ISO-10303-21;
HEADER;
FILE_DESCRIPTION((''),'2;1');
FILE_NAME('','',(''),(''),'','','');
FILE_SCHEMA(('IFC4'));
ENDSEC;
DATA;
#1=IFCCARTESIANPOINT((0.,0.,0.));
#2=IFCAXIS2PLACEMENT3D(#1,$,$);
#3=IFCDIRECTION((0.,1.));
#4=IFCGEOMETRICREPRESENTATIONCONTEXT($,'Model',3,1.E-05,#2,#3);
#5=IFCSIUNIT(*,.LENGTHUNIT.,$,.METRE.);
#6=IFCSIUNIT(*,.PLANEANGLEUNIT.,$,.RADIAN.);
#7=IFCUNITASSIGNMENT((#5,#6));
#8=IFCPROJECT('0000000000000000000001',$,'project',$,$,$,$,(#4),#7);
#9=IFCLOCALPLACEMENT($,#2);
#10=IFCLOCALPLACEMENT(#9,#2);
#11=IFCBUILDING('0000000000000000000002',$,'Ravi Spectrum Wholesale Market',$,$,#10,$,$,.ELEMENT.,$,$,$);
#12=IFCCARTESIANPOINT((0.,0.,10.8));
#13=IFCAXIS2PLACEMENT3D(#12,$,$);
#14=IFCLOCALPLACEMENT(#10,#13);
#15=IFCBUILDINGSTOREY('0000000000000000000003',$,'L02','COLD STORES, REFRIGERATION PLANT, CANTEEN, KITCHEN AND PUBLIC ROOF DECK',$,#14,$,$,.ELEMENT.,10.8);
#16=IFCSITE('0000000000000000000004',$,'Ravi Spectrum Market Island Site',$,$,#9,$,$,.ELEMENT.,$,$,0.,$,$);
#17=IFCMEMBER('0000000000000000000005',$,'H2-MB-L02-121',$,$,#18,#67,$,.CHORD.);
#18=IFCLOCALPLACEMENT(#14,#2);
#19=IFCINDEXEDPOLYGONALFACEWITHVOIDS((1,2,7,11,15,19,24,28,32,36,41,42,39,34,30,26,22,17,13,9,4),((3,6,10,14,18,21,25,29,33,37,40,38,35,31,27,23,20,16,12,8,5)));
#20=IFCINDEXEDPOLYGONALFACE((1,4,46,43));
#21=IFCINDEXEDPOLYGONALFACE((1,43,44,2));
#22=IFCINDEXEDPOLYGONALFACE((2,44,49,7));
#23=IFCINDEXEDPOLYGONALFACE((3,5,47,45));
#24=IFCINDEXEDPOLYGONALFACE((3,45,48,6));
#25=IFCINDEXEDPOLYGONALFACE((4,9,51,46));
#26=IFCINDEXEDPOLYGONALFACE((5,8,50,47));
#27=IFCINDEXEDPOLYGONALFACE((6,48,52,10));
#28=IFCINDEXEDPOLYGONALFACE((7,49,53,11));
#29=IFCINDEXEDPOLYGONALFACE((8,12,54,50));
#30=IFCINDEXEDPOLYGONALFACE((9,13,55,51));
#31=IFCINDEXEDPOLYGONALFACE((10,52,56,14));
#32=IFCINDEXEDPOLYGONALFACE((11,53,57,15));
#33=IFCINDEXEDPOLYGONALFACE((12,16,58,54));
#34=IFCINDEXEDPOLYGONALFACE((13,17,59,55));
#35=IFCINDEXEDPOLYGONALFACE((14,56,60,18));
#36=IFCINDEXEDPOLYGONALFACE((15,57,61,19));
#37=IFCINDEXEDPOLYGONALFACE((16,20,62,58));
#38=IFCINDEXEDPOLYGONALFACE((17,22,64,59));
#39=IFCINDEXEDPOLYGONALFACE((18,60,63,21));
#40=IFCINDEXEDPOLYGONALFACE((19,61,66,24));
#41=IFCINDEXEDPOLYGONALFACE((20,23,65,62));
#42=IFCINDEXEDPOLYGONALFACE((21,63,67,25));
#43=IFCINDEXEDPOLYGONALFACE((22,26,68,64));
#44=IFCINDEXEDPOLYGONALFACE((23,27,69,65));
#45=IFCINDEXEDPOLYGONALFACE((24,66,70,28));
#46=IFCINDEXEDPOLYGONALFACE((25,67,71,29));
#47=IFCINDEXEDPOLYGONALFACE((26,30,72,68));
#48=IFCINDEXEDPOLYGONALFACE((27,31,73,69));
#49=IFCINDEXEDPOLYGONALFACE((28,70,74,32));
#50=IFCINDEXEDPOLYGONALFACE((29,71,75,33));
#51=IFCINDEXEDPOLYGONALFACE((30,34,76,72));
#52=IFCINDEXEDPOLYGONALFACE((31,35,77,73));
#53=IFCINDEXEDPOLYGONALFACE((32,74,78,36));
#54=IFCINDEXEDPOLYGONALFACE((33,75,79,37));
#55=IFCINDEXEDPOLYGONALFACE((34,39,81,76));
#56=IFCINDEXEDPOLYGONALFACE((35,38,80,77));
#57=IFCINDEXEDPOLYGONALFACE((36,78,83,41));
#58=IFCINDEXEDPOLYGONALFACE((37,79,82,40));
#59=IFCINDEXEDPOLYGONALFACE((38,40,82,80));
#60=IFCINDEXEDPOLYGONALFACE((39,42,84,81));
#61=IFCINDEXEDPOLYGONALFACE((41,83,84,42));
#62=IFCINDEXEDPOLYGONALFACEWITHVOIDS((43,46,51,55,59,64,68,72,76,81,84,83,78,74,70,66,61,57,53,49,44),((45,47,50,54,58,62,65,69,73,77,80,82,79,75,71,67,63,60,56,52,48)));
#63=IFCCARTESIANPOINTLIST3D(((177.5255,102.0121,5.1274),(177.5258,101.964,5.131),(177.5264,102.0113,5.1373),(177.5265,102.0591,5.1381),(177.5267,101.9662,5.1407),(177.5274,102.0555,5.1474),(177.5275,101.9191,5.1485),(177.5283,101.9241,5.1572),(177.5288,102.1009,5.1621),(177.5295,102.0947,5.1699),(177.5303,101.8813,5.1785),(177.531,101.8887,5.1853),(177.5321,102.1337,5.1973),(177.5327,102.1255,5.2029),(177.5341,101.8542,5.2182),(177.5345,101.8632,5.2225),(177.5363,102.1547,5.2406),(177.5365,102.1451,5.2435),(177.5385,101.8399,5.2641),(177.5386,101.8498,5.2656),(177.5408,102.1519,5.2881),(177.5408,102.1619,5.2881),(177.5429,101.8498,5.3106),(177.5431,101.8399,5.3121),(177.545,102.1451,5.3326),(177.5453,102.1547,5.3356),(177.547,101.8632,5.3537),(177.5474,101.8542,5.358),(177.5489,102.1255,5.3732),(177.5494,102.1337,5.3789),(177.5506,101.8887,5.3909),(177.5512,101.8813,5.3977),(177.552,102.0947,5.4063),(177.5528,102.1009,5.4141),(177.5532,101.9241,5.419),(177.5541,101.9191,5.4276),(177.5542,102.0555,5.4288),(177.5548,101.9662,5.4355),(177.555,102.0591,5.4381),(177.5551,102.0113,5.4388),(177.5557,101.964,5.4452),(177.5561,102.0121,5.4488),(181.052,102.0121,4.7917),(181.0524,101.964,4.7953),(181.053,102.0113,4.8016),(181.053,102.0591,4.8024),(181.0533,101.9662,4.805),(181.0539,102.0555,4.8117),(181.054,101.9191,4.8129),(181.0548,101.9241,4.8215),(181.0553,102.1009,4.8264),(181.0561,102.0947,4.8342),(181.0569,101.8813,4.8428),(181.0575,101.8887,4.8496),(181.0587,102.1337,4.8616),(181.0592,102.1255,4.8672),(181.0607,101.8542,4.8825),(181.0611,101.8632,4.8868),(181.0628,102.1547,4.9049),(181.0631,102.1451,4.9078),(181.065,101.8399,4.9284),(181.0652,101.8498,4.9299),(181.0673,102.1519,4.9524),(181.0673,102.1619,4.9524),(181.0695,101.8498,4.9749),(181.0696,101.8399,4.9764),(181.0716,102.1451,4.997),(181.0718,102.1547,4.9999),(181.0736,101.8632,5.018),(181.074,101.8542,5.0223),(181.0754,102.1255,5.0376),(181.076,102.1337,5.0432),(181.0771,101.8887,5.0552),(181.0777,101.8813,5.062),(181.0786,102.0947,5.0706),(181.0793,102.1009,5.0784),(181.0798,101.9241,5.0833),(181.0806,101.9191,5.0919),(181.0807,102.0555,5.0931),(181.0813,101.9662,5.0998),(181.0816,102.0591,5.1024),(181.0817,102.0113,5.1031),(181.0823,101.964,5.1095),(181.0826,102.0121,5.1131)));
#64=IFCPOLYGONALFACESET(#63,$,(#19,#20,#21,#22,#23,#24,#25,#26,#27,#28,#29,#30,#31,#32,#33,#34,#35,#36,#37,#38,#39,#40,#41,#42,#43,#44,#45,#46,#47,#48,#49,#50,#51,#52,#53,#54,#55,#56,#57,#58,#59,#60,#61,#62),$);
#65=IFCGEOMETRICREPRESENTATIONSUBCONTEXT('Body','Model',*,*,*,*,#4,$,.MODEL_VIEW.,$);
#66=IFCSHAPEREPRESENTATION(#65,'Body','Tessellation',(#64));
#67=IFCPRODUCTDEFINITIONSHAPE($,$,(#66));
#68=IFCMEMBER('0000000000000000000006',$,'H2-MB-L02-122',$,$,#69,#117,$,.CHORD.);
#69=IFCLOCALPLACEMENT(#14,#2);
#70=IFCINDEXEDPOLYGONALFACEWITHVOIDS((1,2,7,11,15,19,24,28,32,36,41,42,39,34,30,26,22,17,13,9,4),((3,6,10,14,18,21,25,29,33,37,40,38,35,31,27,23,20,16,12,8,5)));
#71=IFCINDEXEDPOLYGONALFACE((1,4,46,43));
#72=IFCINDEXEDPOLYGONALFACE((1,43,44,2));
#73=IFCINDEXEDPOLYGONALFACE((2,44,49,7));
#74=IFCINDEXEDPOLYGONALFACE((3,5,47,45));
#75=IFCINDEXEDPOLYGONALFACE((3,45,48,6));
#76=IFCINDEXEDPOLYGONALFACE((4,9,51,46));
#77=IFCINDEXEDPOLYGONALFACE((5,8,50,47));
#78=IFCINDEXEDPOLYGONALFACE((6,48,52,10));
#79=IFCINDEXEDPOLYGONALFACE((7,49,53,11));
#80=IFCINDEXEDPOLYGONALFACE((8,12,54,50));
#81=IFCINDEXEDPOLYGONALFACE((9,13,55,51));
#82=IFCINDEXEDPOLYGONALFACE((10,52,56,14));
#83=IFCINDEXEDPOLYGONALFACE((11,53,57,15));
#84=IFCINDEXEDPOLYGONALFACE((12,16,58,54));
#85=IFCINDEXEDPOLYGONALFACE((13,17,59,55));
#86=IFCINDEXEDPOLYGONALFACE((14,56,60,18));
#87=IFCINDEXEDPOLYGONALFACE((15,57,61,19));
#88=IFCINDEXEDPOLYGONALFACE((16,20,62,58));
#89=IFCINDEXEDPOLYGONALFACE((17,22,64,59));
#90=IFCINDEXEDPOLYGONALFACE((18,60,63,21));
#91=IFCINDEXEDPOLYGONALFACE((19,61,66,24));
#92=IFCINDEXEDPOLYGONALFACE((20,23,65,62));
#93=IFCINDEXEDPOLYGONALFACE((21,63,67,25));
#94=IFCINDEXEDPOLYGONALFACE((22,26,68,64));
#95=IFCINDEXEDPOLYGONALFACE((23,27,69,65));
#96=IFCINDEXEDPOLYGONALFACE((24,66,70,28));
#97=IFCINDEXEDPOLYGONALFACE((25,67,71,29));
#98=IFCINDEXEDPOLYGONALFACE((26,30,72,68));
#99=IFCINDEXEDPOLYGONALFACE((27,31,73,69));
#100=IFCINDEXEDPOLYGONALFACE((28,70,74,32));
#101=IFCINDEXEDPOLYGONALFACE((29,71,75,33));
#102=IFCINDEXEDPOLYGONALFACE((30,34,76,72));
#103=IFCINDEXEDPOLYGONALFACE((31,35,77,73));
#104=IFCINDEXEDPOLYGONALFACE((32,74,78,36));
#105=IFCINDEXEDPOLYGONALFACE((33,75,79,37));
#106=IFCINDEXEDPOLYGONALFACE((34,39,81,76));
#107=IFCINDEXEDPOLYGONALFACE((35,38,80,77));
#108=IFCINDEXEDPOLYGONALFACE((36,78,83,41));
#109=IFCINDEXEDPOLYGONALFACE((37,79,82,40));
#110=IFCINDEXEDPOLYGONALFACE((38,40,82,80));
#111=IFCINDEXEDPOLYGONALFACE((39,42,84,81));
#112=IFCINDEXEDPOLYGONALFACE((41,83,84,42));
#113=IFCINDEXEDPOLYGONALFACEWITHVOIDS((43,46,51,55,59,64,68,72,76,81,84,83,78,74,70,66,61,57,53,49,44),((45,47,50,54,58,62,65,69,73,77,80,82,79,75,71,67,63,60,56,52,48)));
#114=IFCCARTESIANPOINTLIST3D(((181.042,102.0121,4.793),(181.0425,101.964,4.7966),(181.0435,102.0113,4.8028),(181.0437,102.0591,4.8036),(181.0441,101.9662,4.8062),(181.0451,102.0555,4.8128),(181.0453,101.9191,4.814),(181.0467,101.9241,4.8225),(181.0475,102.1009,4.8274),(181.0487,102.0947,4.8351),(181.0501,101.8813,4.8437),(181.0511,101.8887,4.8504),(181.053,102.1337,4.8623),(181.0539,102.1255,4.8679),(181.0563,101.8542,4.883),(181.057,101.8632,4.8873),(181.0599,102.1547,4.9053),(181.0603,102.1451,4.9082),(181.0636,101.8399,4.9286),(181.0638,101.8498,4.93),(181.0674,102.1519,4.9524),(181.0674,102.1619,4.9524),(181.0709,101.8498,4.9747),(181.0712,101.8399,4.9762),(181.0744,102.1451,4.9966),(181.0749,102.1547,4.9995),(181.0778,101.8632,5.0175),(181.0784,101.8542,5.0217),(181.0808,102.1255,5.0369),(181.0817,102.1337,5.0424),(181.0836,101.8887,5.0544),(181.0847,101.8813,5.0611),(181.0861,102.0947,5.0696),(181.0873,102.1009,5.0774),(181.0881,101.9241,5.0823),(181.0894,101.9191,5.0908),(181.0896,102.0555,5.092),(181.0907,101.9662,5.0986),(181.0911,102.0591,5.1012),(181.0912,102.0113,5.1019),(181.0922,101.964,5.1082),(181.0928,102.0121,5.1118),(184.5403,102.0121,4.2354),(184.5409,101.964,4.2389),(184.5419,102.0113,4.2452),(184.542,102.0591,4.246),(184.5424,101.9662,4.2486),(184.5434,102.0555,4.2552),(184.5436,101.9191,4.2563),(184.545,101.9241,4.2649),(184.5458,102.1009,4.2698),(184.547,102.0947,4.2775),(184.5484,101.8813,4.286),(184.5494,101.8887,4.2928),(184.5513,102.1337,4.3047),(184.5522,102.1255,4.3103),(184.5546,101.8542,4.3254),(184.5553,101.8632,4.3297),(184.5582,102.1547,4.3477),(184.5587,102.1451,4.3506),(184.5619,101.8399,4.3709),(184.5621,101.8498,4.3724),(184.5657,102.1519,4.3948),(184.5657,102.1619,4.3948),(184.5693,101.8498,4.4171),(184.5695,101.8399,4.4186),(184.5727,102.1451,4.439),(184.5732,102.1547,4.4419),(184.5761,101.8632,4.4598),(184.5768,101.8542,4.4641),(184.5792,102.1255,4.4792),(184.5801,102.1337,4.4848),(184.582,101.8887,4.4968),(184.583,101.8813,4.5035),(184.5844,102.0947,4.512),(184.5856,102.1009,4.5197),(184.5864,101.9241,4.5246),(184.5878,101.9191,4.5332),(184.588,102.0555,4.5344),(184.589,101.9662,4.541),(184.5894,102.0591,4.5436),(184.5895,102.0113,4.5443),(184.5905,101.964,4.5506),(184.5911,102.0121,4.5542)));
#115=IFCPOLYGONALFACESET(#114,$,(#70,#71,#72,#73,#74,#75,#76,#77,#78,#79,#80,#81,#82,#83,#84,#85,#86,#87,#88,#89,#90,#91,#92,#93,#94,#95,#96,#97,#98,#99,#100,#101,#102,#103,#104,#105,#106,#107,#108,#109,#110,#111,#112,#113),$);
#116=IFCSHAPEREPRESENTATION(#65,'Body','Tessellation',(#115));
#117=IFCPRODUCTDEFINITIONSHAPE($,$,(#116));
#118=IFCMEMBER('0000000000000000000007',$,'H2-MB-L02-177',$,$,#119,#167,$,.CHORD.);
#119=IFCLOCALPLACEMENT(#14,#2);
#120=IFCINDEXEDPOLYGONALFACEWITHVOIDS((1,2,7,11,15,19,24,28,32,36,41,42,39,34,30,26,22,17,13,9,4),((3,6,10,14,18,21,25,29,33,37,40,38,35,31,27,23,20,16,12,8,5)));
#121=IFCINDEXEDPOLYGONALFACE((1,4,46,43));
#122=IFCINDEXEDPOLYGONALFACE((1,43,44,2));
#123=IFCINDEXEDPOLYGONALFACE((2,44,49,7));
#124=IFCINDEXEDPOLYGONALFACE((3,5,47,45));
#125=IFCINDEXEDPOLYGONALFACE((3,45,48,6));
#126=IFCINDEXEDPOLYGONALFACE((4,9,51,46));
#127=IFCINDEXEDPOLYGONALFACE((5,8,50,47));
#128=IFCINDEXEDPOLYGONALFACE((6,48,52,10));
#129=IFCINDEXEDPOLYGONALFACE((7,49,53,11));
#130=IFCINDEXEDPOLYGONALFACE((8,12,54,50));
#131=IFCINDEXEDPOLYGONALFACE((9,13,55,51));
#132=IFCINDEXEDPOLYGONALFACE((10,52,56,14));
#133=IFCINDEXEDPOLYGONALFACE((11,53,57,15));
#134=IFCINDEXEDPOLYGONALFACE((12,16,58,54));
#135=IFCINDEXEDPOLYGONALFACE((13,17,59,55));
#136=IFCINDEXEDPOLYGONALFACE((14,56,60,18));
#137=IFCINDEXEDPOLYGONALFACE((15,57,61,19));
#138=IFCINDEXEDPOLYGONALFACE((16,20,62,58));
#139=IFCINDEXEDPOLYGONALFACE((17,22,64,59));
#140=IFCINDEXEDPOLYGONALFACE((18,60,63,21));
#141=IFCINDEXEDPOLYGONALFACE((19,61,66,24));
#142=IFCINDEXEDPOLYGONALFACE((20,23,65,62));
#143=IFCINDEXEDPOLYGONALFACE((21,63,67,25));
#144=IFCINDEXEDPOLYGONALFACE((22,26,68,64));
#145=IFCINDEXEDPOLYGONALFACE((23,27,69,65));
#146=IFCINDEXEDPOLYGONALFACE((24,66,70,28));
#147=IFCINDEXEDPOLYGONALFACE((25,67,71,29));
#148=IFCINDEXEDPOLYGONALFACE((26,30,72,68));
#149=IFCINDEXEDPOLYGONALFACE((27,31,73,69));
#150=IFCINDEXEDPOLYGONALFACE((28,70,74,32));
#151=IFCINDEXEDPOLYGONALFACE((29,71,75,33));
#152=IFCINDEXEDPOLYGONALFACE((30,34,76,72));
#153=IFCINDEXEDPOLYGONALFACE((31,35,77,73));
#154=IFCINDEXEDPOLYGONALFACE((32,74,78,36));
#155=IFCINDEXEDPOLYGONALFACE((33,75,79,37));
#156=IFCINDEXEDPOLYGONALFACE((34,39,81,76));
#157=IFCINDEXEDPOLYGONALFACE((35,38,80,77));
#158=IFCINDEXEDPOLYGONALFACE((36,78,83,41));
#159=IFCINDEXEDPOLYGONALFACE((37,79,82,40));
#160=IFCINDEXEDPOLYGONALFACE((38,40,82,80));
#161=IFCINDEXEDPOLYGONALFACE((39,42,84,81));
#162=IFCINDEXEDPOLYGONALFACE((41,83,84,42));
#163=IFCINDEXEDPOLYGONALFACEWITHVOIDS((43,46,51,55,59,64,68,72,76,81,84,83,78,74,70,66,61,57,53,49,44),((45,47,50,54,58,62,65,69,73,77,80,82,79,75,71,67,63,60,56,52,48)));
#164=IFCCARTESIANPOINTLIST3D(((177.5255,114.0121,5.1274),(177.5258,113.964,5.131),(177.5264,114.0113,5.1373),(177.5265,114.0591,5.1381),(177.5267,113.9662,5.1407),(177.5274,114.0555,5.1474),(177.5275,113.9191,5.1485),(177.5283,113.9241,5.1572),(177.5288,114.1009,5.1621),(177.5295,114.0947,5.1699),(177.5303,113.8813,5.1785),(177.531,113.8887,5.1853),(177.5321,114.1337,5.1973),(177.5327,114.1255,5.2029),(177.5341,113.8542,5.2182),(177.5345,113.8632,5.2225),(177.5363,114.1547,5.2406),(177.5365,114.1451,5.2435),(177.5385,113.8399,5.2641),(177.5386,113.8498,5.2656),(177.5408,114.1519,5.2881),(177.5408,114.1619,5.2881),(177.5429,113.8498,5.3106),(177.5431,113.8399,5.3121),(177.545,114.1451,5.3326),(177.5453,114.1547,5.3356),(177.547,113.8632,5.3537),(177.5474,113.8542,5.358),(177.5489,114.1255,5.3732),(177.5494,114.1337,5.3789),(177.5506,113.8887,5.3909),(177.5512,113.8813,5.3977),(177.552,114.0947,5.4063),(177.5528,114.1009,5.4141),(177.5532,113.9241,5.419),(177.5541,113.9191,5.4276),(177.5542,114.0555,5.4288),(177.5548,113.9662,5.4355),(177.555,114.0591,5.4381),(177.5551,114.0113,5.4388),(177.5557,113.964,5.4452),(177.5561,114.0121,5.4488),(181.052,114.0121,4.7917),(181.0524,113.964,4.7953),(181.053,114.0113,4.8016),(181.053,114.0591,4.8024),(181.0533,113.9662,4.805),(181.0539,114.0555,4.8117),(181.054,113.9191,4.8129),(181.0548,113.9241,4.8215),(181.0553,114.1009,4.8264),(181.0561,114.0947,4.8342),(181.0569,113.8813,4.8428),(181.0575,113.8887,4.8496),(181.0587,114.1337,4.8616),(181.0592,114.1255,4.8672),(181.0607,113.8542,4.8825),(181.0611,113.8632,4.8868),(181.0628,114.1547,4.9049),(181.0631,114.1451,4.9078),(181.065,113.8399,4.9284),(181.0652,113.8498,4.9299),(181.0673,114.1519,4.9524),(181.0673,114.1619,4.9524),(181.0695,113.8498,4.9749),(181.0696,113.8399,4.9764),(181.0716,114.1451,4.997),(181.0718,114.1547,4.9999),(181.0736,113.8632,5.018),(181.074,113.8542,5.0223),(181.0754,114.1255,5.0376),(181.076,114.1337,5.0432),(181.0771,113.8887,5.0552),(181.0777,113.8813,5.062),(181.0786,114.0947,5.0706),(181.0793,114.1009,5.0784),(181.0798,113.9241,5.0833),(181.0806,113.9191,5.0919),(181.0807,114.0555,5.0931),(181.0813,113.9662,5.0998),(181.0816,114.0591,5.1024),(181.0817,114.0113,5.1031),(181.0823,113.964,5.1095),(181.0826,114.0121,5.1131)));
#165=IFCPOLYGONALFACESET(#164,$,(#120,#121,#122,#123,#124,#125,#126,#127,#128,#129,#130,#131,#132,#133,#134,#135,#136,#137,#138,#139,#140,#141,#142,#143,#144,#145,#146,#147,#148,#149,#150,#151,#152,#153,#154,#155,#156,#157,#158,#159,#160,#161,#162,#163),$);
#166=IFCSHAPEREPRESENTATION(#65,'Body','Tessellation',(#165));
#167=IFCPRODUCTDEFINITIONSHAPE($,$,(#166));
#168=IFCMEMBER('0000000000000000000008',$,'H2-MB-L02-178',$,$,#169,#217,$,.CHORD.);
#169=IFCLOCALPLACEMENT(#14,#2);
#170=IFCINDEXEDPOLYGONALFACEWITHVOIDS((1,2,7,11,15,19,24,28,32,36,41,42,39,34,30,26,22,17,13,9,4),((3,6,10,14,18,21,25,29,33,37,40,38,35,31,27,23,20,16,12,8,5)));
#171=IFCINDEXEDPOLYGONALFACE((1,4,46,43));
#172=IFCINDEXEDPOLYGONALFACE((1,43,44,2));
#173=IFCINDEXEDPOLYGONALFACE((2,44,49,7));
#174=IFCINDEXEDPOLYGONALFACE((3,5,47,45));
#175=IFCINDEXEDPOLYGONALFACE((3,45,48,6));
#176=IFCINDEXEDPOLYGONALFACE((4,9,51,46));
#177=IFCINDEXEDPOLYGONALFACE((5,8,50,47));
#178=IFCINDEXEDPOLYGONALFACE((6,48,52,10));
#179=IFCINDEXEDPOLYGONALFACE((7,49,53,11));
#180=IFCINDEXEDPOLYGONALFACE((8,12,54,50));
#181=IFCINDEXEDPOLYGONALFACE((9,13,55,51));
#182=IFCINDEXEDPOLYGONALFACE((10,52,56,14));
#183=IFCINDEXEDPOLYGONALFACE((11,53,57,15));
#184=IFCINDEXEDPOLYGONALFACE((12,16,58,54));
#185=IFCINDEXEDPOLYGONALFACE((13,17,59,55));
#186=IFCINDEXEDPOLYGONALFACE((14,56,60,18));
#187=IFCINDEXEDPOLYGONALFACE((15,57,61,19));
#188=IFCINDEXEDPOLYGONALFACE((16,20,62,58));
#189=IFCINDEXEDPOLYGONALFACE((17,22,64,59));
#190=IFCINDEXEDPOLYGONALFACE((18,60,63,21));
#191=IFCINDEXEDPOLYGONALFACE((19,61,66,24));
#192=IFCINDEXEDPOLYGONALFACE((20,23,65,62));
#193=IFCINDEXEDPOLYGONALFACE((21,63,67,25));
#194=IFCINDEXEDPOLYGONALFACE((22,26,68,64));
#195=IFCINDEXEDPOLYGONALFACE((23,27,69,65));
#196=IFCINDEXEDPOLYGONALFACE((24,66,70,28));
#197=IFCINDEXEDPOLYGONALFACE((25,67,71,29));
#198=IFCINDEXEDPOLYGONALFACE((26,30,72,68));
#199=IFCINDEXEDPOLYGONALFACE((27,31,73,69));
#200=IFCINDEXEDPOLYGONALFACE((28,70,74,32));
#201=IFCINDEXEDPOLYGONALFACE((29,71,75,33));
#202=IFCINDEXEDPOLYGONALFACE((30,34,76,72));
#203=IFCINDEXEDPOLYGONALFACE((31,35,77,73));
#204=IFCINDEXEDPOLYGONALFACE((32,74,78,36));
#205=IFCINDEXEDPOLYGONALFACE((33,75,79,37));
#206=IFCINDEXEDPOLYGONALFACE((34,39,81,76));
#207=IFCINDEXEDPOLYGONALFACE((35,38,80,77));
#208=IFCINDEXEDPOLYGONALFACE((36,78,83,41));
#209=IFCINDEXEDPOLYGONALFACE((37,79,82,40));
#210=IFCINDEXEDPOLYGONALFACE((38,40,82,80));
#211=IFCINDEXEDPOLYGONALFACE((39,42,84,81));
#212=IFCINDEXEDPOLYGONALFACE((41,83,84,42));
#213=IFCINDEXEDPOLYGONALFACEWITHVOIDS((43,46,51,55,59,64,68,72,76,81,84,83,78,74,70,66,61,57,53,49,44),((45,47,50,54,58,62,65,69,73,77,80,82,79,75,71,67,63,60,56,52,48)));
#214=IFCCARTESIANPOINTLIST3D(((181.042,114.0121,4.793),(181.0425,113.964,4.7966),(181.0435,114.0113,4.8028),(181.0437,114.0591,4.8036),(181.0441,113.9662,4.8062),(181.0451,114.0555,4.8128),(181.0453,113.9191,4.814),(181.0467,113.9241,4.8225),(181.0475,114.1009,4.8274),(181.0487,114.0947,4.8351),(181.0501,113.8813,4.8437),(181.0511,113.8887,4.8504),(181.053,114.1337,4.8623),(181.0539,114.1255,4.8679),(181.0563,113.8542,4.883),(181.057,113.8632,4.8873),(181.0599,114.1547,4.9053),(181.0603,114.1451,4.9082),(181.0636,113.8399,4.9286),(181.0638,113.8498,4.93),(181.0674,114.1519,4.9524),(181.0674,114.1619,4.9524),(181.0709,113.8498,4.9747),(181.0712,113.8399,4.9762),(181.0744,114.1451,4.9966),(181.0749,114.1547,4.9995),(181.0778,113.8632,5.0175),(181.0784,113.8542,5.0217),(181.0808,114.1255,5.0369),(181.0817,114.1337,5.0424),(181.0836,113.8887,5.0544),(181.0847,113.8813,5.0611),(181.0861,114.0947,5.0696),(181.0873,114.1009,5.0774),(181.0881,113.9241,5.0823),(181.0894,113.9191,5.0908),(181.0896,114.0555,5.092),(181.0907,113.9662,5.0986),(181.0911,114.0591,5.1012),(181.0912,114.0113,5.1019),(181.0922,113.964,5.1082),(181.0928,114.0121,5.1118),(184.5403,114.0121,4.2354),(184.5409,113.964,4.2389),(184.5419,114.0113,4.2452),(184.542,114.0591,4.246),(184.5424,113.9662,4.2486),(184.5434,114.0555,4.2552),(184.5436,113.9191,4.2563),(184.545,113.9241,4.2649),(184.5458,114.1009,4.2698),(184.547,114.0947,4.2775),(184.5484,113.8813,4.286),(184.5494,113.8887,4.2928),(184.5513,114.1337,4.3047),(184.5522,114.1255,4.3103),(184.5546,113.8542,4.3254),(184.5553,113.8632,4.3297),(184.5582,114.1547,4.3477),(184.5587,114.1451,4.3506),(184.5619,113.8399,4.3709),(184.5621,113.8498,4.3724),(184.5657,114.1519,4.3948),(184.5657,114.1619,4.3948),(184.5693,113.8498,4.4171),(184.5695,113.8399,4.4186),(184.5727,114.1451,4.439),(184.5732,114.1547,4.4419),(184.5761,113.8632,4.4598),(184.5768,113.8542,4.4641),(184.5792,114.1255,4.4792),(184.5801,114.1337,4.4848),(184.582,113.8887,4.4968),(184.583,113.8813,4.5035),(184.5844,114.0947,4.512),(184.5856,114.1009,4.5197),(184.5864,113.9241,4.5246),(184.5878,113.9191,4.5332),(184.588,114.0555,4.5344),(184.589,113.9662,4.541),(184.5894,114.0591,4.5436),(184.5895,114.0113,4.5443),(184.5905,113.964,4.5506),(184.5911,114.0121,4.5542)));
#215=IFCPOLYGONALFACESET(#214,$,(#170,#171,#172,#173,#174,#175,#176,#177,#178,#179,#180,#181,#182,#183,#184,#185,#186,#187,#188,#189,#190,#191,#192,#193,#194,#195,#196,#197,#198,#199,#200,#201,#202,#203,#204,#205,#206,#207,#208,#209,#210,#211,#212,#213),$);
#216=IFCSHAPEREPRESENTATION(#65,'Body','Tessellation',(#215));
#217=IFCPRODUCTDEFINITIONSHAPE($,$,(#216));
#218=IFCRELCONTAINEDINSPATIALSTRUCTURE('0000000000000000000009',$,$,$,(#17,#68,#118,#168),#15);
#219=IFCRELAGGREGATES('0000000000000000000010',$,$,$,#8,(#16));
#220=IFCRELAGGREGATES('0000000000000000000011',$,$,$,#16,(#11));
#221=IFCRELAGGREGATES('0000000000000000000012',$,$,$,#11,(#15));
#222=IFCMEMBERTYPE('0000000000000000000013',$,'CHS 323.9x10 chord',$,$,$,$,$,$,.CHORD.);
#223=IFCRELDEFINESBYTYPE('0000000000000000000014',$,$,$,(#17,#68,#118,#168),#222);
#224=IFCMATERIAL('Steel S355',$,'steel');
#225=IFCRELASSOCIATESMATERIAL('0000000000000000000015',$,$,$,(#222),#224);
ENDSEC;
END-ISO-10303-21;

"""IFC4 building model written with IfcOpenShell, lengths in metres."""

from ifc_helpers import new_model, si_unit, direction, frame, origin, origin_2d, place, context, subcontext, project, spatial, hollow_circle, extrude, material, material_profile, profile_set, type_object, element, save


model = new_model("IFC4")

# Units and contexts
model_context = context("Model", 3, precision=1e-05, world=origin(), true_north=direction((0.0, 1.0)))
body_context = subcontext(model_context, "Body", "Model", "MODEL_VIEW")
ifc_project = project(units=[si_unit("LENGTHUNIT", "METRE"), si_unit("PLANEANGLEUNIT", "RADIAN")], contexts=[model_context])

# Site, building, storey
site_placement = place(None, origin())
site = spatial("IfcSite", under=ifc_project, at=site_placement, Name="Ravi Spectrum Market Island Site", CompositionType="ELEMENT", RefElevation=0.0)
building_placement = place(site_placement, origin())
building = spatial("IfcBuilding", under=site, at=building_placement, Name="Ravi Spectrum Wholesale Market", CompositionType="ELEMENT")
storey_placement = place(building_placement, frame((0.0, 0.0, 10.8)))
storey = spatial("IfcBuildingStorey", under=building, at=storey_placement, Name="L02", Description="COLD STORES, REFRIGERATION PLANT, CANTEEN, KITCHEN AND PUBLIC ROOF DECK", CompositionType="ELEMENT", Elevation=10.8)

# Members
ifc_material_1 = material(Name="Steel S355", Category="steel")
ifc_material_profile_1 = material_profile(ifc_material_1, hollow_circle(Radius=0.1619, WallThickness=0.01, at=origin_2d()))
ifc_profile_set_1 = profile_set([ifc_material_profile_1], Name="Steel S355")
member_type_1 = type_object("IfcMemberType", Name="CHS 323.9x10 chord", PredefinedType="CHORD", material=ifc_profile_set_1)
for number, where, z_axis, x_axis, name in (
    (1, (177.5408, 102.0, 5.2881), (0.9955, 0.0, -0.09476), (0.0, 1.0, 0.0), "H2-MB-L02-121"),
    (2, (181.0674, 102.0, 4.9524), (0.987533, 0.0, -0.15741), (0.0, 1.0, 0.0), "H2-MB-L02-122"),
    (3, (177.5408, 114.0, 5.2881), (0.9955, 0.0, -0.09476), (0.0, 1.0, 0.0), "H2-MB-L02-177"),
    (4, (181.0674, 114.0, 4.9524), (0.987533, 0.0, -0.15741), (0.0, 1.0, 0.0), "H2-MB-L02-178"),
):
    element("IfcMember", number, at=place(storey_placement, frame(where, z_axis=z_axis, x_axis=x_axis)), inside=storey, type_object=member_type_1, Name=name, PredefinedType="CHORD", context=body_context, shape_type="SweptSolid", body=[
        extrude(hollow_circle(Radius=0.1619, WallThickness=0.01, at=origin_2d()), origin(), (0.0, 0.0, 1.0), 3.5425),
    ])

save(model, "model.ifc")
